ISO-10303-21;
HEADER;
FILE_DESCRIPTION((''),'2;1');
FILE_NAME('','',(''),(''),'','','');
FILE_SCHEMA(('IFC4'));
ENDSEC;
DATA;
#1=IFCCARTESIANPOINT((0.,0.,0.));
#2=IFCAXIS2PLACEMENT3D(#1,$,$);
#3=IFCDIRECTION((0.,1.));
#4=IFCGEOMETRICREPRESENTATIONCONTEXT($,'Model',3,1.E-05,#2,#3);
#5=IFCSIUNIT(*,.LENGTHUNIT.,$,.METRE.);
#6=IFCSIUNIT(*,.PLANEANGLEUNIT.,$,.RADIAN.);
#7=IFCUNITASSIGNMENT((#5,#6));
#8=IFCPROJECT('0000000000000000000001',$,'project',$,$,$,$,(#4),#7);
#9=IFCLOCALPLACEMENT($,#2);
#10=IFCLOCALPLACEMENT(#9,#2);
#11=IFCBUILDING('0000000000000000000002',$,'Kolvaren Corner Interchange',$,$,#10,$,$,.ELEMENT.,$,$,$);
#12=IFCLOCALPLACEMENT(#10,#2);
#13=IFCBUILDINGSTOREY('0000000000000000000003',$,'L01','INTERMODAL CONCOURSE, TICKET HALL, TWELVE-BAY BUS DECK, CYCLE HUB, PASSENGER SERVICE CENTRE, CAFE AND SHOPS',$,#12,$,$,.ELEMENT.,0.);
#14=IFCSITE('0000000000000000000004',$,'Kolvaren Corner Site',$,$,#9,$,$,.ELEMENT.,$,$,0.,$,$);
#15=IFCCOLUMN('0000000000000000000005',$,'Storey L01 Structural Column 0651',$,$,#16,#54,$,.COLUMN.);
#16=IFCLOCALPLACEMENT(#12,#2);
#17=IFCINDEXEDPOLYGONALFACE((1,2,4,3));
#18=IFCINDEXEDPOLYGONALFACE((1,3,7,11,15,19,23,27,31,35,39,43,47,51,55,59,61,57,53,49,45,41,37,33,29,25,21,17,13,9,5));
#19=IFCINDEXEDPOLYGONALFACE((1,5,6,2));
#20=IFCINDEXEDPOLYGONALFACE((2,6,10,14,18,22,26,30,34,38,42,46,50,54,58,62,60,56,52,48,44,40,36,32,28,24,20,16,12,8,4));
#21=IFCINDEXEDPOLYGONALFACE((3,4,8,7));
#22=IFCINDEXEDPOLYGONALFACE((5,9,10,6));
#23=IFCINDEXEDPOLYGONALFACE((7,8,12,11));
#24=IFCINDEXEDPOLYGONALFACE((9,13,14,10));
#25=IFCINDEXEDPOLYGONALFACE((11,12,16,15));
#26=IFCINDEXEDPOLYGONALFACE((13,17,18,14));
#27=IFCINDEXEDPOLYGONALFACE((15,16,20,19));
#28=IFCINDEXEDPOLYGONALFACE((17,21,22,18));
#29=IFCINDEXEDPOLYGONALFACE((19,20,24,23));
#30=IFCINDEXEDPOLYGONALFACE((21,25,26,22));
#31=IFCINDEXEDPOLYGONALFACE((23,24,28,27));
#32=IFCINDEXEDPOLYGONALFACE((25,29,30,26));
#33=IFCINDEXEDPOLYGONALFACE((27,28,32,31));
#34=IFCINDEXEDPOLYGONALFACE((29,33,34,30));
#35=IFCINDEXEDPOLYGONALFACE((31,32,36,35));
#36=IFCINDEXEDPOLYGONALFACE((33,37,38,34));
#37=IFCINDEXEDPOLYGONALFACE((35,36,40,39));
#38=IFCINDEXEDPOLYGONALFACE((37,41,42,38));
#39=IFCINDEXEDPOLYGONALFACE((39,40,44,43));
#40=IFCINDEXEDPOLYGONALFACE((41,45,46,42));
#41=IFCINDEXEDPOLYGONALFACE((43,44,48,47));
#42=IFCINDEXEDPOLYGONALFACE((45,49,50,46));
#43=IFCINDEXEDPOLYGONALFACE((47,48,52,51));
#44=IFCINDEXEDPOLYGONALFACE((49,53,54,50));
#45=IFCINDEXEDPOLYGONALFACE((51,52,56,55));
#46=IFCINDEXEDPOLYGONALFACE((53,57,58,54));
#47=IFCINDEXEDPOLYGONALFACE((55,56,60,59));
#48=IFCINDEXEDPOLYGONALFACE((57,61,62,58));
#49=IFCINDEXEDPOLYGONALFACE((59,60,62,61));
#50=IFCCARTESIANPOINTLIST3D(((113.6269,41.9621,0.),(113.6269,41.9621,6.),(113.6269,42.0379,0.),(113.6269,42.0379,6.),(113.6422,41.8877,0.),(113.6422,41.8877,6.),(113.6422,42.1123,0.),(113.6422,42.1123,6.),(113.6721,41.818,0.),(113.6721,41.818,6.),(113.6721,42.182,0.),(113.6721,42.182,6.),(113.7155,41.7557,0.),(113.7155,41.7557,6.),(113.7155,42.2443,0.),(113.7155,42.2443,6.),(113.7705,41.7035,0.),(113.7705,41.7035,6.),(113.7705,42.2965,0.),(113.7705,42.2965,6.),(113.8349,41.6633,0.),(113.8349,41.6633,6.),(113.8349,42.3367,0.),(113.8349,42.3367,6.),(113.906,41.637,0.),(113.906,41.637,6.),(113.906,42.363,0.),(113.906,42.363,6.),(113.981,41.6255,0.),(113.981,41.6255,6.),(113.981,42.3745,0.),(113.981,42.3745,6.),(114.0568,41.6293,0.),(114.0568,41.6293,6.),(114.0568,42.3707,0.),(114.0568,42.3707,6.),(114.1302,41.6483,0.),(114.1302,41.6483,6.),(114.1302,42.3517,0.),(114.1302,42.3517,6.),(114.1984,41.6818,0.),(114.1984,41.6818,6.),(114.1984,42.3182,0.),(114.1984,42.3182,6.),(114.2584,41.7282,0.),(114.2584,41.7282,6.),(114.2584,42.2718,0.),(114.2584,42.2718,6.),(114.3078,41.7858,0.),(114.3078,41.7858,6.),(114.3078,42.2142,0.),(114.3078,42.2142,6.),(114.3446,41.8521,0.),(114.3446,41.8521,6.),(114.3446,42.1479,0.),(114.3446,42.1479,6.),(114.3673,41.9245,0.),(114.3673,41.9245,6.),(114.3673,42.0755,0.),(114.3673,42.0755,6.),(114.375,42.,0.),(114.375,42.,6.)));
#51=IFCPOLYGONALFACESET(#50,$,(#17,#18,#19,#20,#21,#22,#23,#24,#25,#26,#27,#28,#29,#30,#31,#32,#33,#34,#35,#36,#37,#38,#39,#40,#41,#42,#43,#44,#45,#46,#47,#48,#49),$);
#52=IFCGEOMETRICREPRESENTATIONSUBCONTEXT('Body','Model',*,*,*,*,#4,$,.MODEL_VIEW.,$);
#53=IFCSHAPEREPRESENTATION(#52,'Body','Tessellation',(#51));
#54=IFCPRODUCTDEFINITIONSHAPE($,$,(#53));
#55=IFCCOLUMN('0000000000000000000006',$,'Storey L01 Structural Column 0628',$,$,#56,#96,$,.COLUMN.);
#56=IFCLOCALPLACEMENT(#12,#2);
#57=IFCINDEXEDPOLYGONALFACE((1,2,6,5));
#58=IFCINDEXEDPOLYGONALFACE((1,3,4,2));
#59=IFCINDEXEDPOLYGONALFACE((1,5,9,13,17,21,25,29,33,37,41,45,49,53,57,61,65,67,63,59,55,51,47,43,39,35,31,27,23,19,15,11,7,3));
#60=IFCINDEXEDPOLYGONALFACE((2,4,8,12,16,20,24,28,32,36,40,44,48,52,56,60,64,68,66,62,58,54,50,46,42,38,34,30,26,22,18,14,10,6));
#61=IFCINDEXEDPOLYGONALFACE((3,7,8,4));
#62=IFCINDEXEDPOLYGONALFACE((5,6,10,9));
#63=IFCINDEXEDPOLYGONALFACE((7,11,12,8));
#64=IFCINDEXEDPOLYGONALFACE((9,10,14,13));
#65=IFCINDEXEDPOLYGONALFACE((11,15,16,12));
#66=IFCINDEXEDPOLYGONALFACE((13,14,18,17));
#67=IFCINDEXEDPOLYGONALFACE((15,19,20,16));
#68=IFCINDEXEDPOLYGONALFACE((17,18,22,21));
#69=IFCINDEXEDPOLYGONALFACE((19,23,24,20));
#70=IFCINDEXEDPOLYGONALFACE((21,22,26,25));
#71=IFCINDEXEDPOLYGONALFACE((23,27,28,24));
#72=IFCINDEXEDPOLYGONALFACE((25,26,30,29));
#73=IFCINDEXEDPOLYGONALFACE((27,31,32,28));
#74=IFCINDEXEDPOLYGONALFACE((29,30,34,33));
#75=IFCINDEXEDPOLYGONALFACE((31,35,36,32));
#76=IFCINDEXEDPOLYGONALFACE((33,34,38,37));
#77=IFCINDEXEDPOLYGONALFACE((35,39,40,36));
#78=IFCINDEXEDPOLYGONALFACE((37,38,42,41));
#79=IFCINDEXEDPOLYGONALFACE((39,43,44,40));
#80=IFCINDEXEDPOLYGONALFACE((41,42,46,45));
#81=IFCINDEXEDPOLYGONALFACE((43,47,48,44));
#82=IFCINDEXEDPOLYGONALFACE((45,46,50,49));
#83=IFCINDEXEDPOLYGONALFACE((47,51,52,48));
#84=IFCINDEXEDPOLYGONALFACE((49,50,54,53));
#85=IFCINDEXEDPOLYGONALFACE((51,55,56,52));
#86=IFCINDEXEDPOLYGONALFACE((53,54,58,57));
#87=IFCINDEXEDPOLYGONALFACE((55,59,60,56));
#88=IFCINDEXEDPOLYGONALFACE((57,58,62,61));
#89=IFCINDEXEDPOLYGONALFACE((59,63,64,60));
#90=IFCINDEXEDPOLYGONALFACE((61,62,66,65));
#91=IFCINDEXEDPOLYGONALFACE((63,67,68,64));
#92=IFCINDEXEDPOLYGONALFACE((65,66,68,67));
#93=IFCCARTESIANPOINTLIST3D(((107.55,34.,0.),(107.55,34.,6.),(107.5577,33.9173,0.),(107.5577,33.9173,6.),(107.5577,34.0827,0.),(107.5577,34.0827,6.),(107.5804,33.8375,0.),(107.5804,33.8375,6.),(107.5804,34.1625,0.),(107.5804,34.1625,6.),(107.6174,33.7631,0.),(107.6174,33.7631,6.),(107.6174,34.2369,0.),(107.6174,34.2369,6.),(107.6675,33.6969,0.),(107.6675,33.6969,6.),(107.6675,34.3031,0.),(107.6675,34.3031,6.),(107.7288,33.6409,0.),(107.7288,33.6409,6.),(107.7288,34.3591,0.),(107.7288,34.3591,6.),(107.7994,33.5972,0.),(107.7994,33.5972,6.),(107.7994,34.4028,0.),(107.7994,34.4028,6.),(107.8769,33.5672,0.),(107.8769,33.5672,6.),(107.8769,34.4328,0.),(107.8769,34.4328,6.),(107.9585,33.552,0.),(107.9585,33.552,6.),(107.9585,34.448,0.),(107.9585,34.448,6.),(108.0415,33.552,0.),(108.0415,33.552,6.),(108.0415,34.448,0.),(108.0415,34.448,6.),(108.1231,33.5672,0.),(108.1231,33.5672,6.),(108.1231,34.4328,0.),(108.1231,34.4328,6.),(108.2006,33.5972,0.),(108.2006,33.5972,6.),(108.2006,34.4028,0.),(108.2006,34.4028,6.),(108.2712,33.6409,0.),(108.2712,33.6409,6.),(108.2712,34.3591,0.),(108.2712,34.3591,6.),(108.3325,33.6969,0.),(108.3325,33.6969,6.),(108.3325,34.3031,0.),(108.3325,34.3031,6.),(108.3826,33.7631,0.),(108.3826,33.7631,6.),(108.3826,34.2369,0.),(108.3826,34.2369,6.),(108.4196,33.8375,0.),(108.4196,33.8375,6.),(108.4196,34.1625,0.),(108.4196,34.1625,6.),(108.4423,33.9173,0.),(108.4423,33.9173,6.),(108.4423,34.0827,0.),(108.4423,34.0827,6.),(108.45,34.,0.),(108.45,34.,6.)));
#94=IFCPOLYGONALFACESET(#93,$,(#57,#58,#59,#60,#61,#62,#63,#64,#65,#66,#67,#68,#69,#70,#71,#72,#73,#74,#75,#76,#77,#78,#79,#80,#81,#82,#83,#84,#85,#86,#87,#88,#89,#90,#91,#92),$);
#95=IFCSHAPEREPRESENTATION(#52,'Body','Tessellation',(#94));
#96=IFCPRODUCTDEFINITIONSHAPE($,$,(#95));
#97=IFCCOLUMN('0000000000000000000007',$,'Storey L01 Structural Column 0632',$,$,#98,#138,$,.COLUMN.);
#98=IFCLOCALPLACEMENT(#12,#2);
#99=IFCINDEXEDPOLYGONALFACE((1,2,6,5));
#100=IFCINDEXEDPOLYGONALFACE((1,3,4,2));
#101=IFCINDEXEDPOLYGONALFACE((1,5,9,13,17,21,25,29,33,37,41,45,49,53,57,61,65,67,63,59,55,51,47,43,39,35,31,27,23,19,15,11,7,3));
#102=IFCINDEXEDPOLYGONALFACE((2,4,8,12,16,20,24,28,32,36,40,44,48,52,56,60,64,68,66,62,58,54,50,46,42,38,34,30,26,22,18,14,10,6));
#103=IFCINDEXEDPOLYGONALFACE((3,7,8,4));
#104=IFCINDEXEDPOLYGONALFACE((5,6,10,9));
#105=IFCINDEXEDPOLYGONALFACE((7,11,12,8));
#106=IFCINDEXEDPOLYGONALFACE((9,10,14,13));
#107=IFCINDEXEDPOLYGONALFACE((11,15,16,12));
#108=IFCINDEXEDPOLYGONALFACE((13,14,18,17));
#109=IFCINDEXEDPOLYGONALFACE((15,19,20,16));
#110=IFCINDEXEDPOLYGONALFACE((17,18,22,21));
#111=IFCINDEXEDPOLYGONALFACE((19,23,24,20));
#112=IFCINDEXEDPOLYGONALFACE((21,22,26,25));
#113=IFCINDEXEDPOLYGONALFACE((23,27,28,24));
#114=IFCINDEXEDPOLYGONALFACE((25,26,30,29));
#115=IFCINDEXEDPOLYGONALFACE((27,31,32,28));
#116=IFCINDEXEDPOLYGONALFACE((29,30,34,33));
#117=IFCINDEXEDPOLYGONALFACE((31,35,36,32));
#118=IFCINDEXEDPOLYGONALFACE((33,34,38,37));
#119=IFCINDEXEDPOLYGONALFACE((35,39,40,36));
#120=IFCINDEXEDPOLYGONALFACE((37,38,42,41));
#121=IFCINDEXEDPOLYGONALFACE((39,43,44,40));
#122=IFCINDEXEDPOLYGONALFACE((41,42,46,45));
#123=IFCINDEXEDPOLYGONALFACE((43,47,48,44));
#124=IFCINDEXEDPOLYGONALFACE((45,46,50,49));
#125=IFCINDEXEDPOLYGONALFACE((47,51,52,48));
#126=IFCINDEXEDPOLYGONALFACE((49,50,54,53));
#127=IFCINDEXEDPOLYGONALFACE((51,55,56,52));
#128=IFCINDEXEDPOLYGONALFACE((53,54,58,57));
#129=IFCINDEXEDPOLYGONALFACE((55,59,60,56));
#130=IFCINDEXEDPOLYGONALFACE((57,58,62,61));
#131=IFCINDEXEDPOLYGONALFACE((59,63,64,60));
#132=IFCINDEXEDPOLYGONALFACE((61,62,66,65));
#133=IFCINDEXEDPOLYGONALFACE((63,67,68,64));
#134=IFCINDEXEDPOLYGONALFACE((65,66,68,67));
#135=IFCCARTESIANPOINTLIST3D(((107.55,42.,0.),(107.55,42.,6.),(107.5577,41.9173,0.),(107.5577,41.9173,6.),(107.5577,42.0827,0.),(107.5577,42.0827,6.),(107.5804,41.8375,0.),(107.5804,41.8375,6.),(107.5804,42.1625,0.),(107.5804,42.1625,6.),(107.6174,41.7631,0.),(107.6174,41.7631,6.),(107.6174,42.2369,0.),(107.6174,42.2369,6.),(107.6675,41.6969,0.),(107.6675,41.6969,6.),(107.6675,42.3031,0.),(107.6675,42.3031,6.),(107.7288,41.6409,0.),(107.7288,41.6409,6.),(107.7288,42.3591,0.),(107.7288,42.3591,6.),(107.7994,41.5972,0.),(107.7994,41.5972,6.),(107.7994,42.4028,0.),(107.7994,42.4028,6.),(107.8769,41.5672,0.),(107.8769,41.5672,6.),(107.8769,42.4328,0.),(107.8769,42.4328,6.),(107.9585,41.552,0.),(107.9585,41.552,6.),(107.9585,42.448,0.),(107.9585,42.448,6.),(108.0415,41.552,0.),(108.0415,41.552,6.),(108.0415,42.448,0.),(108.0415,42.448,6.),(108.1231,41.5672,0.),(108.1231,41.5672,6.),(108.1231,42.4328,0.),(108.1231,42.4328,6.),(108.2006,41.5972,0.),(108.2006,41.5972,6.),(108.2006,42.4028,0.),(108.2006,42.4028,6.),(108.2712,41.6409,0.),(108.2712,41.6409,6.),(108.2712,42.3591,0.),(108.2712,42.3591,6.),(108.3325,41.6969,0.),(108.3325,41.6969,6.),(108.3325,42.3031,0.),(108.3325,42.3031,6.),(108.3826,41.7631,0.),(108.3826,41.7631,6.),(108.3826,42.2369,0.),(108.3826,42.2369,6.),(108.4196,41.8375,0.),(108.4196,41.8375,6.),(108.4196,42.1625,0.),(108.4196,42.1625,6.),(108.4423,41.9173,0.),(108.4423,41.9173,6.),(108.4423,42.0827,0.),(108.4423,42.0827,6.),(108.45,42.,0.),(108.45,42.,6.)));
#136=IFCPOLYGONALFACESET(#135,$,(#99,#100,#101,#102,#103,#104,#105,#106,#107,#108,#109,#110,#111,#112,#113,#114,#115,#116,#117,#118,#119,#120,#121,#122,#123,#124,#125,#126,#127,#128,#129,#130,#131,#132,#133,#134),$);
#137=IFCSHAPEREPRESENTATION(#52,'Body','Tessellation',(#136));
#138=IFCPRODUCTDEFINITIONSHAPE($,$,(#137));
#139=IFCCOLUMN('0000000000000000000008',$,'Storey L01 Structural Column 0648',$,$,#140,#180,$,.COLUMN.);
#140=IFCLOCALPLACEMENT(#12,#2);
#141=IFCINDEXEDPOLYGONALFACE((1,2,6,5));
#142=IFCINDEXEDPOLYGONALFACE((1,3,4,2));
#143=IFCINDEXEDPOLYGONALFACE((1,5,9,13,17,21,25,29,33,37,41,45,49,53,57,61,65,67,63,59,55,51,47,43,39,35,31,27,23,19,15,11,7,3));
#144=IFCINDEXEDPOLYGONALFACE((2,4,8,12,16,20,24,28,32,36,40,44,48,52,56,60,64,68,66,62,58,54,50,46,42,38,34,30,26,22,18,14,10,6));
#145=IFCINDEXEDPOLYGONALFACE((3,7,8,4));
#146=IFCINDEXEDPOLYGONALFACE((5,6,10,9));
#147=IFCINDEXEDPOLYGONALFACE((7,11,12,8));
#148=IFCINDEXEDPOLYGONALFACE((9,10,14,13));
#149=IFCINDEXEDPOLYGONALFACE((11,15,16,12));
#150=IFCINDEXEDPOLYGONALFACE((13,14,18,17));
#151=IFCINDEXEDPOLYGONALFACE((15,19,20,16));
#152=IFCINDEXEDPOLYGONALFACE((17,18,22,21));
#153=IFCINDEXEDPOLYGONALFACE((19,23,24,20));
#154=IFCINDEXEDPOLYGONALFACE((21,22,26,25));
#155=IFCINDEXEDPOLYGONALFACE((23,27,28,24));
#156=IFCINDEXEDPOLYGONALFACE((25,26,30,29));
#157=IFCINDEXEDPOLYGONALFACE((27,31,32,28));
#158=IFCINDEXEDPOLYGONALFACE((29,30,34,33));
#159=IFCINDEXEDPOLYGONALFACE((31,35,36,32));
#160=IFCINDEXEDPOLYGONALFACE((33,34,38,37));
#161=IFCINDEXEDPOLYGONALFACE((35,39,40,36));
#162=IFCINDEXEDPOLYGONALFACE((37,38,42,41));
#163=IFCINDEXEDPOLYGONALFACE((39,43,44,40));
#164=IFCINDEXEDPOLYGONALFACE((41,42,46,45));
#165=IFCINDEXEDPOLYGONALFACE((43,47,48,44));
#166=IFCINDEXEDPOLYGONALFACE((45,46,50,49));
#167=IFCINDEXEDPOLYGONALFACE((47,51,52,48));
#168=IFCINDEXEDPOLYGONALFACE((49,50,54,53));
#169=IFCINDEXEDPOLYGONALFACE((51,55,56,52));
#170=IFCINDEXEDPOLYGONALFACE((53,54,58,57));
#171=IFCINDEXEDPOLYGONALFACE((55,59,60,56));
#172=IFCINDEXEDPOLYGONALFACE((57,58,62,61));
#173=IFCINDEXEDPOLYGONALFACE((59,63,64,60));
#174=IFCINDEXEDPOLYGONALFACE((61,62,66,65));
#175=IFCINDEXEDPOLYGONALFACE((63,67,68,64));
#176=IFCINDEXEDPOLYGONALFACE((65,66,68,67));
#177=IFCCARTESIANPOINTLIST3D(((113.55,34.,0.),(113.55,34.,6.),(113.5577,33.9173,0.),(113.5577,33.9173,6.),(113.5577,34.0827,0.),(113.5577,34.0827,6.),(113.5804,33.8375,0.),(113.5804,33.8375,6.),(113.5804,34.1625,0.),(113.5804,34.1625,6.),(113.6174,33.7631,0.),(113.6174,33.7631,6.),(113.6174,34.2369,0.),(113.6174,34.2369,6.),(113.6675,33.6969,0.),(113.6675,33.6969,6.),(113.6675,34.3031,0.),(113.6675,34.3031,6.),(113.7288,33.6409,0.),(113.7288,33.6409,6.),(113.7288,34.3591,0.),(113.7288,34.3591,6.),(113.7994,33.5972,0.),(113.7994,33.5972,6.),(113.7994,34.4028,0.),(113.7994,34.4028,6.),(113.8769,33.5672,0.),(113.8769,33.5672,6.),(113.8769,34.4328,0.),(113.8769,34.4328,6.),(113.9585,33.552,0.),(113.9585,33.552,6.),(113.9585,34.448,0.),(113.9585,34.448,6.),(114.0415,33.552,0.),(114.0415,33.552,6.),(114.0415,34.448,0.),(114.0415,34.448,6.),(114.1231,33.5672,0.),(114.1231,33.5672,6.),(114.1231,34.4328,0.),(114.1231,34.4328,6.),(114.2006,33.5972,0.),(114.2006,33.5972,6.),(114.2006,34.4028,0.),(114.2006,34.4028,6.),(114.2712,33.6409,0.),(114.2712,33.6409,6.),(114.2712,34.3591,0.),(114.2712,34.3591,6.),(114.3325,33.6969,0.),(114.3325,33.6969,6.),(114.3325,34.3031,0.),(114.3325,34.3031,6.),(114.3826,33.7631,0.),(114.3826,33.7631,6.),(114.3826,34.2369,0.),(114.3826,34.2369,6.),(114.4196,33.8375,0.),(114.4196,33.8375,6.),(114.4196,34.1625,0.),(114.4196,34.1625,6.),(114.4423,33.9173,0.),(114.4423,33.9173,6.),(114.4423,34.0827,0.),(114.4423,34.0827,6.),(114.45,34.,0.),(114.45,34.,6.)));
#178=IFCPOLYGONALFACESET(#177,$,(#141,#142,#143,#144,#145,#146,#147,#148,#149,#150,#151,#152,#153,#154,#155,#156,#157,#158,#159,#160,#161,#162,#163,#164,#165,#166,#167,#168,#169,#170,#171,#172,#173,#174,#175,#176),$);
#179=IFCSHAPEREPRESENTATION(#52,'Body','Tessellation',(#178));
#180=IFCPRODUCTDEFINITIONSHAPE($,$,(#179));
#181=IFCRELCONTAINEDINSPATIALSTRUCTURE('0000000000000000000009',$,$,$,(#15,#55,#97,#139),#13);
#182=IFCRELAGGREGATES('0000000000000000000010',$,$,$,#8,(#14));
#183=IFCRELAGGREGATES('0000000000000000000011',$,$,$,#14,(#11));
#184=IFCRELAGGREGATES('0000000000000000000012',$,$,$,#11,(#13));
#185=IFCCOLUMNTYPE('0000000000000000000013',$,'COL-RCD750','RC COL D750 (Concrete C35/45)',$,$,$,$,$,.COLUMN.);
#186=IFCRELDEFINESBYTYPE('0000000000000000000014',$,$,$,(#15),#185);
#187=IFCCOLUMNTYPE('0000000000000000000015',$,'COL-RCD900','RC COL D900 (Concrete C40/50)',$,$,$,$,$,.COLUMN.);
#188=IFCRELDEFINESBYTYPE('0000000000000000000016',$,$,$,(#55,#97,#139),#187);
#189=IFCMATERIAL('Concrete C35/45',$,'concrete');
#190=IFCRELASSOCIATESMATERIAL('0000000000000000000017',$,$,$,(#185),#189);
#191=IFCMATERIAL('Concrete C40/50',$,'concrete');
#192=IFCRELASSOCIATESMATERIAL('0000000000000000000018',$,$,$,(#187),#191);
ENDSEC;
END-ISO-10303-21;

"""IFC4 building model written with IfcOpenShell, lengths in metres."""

from ifc_helpers import new_model, si_unit, direction, frame, origin, origin_2d, place, context, subcontext, project, spatial, circle, extrude, material, material_profile, profile_set, type_object, element, save


model = new_model("IFC4")

# Units and contexts
model_context = context("Model", 3, precision=1e-05, world=origin(), true_north=direction((0.0, 1.0)))
body_context = subcontext(model_context, "Body", "Model", "MODEL_VIEW")
ifc_project = project(units=[si_unit("LENGTHUNIT", "METRE"), si_unit("PLANEANGLEUNIT", "RADIAN")], contexts=[model_context])

# Site, building, storey
site_placement = place(None, origin())
site = spatial("IfcSite", under=ifc_project, at=site_placement, Name="Kolvaren Corner Site", CompositionType="ELEMENT", RefElevation=0.0)
building_placement = place(site_placement, origin())
building = spatial("IfcBuilding", under=site, at=building_placement, Name="Kolvaren Corner Interchange", CompositionType="ELEMENT")
storey_placement = place(building_placement, origin())
storey = spatial("IfcBuildingStorey", under=building, at=storey_placement, Name="L01", Description="INTERMODAL CONCOURSE, TICKET HALL, TWELVE-BAY BUS DECK, CYCLE HUB, PASSENGER SERVICE CENTRE, CAFE AND SHOPS", CompositionType="ELEMENT", Elevation=0.0)

# Columns
ifc_material_1 = material(Name="Concrete C35/45", Category="concrete")
ifc_material_profile_1 = material_profile(ifc_material_1, circle(Radius=0.375, at=origin_2d()), Name="RC COL D750")
ifc_profile_set_1 = profile_set([ifc_material_profile_1], Name="Concrete C35/45")
column_type_1 = type_object("IfcColumnType", Name="COL-RCD750", Description="RC COL D750 (Concrete C35/45)", PredefinedType="COLUMN", material=ifc_profile_set_1)
column_placement = place(storey_placement, frame((114.0, 42.0, 0.0), z_axis=(0.0, 0.0, 1.0), x_axis=(1.0, 0.0, 0.0)))
element("IfcColumn", 1, at=column_placement, inside=storey, type_object=column_type_1, Name="Storey L01 Structural Column 0651", PredefinedType="COLUMN", context=body_context, shape_type="SweptSolid", body=[
    extrude(circle(Radius=0.375, at=origin_2d()), origin(), (0.0, 0.0, 1.0), 6.0),
])
ifc_material_2 = material(Name="Concrete C40/50", Category="concrete")
ifc_material_profile_2 = material_profile(ifc_material_2, circle(Radius=0.45, at=origin_2d()), Name="RC COL D900")
ifc_profile_set_2 = profile_set([ifc_material_profile_2], Name="Concrete C40/50")
column_type_2 = type_object("IfcColumnType", Name="COL-RCD900", Description="RC COL D900 (Concrete C40/50)", PredefinedType="COLUMN", material=ifc_profile_set_2)
for number, where, z_axis, x_axis, name in (
    (2, (108.0, 34.0, 0.0), (0.0, 0.0, 1.0), (1.0, 0.0, 0.0), "Storey L01 Structural Column 0628"),
    (3, (108.0, 42.0, 0.0), (0.0, 0.0, 1.0), (1.0, 0.0, 0.0), "Storey L01 Structural Column 0632"),
    (4, (114.0, 34.0, 0.0), (0.0, 0.0, 1.0), (1.0, 0.0, 0.0), "Storey L01 Structural Column 0648"),
):
    element("IfcColumn", number, at=place(storey_placement, frame(where, z_axis=z_axis, x_axis=x_axis)), inside=storey, type_object=column_type_2, Name=name, PredefinedType="COLUMN", context=body_context, shape_type="SweptSolid", body=[
        extrude(circle(Radius=0.45, at=origin_2d()), origin(), (0.0, 0.0, 1.0), 6.0),
    ])

save(model, "model.ifc")
